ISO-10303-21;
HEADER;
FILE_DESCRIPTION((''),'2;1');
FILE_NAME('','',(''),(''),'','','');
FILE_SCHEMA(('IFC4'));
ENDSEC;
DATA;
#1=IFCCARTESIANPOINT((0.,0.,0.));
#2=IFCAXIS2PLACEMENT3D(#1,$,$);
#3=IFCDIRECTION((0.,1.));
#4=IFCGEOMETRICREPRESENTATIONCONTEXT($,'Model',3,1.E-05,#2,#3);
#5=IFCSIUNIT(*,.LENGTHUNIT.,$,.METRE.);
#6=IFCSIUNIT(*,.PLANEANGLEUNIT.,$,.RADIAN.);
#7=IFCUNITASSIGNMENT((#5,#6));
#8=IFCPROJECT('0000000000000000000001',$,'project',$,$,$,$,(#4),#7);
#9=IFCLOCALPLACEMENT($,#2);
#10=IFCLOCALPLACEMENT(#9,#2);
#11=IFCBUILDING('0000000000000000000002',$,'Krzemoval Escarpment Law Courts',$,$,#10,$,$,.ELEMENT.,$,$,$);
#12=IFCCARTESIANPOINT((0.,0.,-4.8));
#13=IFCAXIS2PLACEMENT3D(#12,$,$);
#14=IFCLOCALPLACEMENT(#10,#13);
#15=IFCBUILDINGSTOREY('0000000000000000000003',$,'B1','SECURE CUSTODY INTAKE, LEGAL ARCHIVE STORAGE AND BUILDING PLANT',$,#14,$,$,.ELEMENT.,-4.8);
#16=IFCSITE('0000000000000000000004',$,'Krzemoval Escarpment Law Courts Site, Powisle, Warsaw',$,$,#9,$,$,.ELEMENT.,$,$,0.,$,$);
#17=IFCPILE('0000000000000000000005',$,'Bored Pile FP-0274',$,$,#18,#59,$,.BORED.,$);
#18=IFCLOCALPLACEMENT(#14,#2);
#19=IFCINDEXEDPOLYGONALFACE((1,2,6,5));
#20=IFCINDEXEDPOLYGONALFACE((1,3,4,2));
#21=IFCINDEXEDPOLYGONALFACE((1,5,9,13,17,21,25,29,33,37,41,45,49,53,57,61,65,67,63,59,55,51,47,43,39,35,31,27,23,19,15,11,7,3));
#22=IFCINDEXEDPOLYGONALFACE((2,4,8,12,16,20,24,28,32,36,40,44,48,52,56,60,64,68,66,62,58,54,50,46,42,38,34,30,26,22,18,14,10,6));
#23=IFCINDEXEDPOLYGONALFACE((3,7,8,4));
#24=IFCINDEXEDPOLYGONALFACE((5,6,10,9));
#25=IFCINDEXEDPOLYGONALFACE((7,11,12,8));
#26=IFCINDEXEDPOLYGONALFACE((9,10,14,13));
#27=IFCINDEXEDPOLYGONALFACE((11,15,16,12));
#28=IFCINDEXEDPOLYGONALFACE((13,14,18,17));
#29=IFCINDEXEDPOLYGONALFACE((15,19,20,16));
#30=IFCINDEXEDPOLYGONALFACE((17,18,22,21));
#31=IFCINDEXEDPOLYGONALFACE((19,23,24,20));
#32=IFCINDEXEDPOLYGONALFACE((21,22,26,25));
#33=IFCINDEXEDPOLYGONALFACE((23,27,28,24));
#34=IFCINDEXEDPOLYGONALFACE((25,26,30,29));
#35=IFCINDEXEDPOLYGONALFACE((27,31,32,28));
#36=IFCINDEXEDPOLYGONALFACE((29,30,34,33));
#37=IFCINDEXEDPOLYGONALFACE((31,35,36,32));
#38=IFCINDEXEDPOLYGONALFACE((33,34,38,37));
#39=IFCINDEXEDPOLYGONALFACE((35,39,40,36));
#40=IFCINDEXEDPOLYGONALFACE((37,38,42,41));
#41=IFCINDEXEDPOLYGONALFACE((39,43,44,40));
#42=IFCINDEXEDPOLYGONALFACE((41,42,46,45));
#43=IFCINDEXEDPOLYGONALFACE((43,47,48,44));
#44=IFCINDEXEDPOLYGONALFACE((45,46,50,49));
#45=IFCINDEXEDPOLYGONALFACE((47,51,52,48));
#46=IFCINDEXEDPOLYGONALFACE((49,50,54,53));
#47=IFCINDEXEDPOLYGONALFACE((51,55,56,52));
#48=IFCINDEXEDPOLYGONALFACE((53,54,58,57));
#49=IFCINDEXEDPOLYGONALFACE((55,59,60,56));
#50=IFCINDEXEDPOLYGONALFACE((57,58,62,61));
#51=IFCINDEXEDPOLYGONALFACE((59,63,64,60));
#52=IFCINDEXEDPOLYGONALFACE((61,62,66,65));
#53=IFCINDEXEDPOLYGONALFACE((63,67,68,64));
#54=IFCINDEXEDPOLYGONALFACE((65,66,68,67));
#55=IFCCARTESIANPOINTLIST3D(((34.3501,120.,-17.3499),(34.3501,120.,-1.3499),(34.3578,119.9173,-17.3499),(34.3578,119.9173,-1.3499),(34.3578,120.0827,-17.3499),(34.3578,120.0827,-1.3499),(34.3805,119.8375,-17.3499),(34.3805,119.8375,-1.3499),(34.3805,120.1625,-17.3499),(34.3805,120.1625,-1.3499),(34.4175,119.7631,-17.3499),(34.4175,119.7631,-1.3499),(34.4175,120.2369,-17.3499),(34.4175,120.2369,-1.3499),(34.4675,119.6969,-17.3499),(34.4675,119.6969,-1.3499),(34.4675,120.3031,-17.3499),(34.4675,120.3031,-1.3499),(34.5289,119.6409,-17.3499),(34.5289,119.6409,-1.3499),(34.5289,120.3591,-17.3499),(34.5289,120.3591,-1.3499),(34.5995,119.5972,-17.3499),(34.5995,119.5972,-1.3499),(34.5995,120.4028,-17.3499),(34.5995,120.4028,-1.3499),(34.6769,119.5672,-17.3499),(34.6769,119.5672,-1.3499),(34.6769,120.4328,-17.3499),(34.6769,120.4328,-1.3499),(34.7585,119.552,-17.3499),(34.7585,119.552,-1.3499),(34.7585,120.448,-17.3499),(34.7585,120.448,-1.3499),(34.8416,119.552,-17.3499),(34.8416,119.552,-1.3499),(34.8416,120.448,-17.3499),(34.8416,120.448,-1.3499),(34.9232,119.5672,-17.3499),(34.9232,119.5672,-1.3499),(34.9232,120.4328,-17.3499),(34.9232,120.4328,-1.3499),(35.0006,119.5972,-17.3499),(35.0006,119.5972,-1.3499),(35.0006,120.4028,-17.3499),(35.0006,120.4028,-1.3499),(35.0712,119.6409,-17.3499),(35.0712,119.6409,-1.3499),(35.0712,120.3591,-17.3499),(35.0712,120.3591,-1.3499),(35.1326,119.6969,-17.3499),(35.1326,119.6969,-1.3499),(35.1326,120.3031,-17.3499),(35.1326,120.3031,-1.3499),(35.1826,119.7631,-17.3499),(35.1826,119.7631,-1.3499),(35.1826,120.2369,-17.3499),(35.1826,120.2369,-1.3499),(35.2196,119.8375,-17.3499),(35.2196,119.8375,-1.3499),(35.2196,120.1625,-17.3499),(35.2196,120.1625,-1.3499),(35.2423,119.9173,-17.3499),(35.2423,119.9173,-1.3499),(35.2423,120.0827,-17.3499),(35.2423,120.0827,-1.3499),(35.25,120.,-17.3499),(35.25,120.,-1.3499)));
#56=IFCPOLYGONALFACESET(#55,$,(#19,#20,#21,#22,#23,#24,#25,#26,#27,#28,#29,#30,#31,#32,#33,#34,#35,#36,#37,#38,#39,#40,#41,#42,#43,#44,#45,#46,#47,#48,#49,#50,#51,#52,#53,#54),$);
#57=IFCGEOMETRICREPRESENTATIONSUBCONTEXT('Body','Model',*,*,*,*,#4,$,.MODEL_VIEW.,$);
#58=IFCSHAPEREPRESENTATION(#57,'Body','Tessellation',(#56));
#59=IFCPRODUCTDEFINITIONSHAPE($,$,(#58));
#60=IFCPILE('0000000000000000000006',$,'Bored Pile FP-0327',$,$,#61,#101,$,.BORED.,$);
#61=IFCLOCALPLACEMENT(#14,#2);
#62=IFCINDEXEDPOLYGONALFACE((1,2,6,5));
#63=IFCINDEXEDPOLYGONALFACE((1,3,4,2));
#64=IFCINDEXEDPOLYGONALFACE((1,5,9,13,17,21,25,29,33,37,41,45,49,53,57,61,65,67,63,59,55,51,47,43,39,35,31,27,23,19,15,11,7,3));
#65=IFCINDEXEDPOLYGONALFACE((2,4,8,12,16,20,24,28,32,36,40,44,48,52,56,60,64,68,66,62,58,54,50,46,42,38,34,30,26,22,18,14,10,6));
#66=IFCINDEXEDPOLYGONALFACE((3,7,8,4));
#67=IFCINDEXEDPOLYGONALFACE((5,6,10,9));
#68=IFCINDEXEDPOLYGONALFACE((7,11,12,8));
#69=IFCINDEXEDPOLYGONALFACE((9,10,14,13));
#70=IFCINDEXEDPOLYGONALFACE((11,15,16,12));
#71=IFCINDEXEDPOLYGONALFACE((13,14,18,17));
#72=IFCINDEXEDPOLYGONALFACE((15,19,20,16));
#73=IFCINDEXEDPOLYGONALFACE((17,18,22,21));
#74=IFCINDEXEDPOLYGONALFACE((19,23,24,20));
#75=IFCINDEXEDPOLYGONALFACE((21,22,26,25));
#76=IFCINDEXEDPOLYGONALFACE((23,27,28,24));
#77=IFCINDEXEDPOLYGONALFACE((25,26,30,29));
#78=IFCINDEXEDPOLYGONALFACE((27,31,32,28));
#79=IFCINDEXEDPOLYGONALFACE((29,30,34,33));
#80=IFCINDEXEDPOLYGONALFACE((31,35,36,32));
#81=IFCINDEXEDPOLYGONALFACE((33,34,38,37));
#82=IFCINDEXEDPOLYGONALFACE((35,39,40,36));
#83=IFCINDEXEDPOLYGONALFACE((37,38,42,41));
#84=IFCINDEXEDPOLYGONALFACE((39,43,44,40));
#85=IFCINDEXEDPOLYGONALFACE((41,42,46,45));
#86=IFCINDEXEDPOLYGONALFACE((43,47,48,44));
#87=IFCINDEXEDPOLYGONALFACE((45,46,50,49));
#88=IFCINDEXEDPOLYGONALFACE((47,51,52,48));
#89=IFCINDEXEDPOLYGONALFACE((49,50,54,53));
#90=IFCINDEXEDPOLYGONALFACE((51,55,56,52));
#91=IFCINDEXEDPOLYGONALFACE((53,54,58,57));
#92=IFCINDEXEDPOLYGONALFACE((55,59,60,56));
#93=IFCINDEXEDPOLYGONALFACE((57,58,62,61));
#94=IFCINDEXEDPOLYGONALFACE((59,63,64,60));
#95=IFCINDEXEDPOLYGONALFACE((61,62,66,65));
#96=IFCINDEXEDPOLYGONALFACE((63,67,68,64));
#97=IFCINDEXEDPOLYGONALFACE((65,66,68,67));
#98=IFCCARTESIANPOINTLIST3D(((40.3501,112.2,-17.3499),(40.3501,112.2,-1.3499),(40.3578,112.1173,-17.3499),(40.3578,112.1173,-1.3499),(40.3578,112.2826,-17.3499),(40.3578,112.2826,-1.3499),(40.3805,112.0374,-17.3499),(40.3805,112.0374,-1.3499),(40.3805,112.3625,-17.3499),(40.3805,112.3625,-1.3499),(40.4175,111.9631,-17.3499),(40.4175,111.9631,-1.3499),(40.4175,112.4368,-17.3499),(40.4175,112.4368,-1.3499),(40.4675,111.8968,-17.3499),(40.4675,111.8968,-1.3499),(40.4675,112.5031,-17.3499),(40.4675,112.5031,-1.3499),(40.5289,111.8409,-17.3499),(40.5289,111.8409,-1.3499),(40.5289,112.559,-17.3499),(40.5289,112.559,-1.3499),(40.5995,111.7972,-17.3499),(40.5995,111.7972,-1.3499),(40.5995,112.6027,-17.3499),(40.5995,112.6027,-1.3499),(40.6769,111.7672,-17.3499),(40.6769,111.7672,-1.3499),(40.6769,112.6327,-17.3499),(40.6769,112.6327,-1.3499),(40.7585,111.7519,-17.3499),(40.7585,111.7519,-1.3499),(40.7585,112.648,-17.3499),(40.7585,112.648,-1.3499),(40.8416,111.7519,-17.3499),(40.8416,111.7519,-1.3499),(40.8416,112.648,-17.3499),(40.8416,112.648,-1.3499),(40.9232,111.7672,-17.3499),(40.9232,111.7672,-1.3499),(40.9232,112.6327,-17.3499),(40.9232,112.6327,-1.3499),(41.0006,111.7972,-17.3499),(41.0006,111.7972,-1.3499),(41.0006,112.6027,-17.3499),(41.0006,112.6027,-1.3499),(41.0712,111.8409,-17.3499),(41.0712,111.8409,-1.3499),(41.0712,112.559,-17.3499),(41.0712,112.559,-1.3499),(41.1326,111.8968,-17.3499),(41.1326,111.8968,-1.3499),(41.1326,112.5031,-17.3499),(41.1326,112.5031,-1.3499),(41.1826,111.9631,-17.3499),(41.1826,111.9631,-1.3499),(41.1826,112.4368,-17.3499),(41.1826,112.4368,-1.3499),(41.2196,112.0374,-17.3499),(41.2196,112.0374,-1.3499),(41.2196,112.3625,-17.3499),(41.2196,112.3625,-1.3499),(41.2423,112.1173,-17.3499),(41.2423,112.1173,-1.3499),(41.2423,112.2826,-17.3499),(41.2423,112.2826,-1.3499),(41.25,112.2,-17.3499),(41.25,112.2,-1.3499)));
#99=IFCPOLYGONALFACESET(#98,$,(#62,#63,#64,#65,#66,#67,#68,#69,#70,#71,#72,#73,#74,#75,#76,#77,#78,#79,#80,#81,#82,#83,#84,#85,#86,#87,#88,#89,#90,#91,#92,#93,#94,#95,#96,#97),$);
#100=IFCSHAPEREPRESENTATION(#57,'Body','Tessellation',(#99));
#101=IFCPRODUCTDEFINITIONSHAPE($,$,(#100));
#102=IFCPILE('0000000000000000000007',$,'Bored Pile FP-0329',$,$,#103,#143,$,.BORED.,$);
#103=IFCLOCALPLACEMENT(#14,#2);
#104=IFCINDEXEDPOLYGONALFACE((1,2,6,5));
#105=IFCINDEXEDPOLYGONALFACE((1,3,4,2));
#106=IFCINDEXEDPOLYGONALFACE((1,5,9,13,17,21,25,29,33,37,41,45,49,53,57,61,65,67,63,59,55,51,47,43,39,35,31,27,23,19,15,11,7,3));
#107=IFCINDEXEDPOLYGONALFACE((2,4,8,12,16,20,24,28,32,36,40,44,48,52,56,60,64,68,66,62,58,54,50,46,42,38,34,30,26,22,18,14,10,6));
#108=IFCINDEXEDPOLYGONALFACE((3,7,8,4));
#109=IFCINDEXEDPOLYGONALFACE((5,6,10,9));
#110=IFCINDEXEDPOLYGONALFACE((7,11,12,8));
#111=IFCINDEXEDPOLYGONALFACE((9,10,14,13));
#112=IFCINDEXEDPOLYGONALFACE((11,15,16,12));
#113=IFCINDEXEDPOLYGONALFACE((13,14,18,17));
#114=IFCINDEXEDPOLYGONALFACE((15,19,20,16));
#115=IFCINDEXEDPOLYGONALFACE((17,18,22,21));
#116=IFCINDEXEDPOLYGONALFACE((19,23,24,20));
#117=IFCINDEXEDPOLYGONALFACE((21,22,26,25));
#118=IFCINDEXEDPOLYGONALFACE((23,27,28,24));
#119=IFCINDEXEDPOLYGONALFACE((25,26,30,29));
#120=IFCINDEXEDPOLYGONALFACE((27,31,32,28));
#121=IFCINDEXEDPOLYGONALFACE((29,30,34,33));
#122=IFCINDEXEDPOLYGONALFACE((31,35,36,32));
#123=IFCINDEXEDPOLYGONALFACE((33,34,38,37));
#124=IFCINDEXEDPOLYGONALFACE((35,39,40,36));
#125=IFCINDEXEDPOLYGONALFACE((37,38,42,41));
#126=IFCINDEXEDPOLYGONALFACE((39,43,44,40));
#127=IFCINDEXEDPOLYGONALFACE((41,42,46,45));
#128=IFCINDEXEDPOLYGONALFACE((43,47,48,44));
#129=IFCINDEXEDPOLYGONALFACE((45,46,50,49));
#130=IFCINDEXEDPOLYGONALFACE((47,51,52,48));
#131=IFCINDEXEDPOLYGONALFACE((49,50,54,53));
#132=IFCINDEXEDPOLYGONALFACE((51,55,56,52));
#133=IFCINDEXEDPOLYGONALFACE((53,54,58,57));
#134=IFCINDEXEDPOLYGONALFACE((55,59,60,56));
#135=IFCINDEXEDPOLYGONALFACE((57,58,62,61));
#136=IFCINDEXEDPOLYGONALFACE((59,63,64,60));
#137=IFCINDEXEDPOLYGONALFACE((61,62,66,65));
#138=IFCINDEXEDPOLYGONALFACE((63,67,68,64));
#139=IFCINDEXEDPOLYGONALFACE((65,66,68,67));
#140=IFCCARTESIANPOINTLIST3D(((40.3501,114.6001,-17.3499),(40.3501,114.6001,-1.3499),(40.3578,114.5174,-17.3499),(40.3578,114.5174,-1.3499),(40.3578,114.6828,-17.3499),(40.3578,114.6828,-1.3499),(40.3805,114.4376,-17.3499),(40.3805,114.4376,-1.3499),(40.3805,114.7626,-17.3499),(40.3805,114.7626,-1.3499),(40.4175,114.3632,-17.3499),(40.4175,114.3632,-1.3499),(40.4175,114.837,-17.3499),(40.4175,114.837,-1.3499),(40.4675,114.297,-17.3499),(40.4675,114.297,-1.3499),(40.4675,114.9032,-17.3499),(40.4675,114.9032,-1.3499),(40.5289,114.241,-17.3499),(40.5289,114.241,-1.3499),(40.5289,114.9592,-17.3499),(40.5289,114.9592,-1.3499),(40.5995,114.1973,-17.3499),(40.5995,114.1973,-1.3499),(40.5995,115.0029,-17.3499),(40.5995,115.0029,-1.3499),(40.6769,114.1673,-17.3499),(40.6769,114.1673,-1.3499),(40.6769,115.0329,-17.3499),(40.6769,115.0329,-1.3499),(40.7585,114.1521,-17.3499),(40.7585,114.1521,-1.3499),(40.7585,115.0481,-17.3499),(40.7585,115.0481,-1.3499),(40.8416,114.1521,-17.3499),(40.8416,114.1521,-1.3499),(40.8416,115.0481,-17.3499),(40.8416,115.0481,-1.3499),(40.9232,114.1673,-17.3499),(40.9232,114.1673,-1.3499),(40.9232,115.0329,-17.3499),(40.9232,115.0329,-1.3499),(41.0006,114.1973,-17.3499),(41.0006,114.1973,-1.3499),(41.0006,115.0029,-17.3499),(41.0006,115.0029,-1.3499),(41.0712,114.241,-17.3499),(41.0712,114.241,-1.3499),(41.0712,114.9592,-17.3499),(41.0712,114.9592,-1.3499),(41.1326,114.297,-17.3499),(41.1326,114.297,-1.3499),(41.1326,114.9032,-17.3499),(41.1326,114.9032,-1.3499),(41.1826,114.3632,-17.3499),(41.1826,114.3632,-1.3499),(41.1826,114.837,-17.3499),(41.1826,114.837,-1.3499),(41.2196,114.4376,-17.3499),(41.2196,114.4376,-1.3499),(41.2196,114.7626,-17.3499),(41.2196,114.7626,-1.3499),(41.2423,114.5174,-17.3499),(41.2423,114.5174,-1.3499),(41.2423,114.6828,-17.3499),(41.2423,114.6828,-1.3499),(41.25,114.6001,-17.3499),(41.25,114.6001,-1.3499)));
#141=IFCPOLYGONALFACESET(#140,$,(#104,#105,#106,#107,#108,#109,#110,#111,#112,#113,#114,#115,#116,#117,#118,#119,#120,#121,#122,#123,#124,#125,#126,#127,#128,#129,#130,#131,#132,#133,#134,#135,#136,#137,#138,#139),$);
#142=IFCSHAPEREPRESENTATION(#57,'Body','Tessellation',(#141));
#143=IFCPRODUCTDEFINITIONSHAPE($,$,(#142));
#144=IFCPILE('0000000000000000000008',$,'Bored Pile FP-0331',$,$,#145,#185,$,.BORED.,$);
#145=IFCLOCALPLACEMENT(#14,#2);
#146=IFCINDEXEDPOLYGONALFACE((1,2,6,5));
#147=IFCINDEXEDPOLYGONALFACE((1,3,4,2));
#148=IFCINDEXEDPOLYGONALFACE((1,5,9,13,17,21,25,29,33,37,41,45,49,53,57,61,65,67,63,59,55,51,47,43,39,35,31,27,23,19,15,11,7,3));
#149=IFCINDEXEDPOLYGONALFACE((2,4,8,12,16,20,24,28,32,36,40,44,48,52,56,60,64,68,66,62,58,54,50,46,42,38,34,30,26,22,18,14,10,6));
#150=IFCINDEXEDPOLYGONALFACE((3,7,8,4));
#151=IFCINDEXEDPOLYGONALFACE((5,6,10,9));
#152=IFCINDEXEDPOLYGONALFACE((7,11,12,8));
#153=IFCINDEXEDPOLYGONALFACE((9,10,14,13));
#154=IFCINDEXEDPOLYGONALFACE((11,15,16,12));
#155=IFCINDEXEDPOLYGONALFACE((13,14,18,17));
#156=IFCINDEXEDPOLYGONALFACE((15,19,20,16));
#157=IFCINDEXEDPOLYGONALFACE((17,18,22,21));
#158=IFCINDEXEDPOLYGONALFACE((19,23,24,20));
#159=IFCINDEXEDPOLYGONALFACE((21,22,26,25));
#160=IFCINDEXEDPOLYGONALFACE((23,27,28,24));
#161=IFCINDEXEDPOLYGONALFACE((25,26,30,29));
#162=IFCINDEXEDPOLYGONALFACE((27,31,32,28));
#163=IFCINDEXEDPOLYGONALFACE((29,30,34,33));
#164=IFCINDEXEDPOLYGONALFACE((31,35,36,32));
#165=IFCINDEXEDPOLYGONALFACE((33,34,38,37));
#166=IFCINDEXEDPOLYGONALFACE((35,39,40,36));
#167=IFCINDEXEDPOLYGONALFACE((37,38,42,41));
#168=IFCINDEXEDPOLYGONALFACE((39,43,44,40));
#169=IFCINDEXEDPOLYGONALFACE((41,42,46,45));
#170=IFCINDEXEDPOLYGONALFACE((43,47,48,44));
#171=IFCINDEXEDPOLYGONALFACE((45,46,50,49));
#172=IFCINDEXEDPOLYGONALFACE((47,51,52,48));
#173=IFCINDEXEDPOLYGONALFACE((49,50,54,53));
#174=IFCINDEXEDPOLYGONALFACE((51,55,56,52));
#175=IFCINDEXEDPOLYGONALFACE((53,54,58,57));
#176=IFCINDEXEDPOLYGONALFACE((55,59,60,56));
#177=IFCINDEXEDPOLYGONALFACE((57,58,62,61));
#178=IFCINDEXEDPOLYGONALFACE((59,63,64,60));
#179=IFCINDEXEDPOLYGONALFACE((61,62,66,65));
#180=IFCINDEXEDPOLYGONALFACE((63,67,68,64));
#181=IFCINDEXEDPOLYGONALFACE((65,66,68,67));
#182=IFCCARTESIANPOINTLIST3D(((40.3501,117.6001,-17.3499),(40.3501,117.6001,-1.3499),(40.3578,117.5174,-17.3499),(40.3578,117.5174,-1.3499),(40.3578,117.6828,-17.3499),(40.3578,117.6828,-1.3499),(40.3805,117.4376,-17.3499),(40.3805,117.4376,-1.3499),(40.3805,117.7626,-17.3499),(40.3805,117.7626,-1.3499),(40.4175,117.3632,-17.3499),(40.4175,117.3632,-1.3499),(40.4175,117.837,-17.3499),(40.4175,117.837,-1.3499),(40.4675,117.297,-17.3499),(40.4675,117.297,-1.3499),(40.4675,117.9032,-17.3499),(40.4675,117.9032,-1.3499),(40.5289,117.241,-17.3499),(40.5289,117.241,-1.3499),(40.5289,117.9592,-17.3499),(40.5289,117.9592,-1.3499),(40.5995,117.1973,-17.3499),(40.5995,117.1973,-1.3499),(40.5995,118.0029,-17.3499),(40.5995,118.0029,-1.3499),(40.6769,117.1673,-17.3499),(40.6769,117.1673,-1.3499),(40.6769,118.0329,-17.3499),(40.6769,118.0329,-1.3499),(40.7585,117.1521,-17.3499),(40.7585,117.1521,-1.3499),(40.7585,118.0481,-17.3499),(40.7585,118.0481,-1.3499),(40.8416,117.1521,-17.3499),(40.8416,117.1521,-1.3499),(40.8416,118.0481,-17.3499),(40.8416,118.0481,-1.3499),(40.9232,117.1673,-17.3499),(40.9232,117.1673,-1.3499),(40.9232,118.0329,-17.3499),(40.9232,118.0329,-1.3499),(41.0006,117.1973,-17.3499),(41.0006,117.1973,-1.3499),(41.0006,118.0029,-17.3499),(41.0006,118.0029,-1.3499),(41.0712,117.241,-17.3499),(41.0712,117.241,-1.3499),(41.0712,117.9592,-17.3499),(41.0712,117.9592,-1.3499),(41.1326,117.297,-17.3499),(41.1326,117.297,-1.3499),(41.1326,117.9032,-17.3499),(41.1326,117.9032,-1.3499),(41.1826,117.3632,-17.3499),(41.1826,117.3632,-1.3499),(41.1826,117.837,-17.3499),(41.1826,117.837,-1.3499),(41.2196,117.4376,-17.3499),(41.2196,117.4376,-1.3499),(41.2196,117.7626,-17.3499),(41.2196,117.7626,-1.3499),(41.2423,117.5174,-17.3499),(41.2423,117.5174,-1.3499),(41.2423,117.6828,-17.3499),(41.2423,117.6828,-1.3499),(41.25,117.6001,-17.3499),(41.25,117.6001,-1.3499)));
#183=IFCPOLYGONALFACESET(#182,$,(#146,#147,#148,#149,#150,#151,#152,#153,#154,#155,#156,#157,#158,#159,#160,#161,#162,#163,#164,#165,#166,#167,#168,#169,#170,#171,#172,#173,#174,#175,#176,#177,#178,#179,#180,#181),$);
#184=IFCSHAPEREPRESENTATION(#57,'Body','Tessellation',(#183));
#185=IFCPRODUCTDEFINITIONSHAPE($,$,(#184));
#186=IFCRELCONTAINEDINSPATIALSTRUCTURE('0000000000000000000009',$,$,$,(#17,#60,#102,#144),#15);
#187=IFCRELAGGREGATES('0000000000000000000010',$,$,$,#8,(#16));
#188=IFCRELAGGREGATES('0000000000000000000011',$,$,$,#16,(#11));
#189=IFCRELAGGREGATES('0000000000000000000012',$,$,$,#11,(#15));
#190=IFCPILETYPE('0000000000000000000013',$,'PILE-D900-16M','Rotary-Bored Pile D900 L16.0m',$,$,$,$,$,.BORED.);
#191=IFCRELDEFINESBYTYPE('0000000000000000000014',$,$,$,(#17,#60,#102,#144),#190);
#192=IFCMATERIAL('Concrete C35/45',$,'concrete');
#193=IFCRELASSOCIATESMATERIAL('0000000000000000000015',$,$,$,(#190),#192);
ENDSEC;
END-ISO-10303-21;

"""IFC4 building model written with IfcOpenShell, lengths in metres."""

from ifc_helpers import new_model, si_unit, direction, frame, origin, origin_2d, place, context, subcontext, project, spatial, circle, extrude, material, material_profile, profile_set, type_object, element, save


model = new_model("IFC4")

# Units and contexts
model_context = context("Model", 3, precision=1e-05, world=origin(), true_north=direction((0.0, 1.0)))
body_context = subcontext(model_context, "Body", "Model", "MODEL_VIEW")
ifc_project = project(units=[si_unit("LENGTHUNIT", "METRE"), si_unit("PLANEANGLEUNIT", "RADIAN")], contexts=[model_context])

# Site, building, storey
site_placement = place(None, origin())
site = spatial("IfcSite", under=ifc_project, at=site_placement, Name="Krzemoval Escarpment Law Courts Site, Powisle, Warsaw", CompositionType="ELEMENT", RefElevation=0.0)
building_placement = place(site_placement, origin())
building = spatial("IfcBuilding", under=site, at=building_placement, Name="Krzemoval Escarpment Law Courts", CompositionType="ELEMENT")
storey_placement = place(building_placement, frame((0.0, 0.0, -4.8)))
storey = spatial("IfcBuildingStorey", under=building, at=storey_placement, Name="B1", Description="SECURE CUSTODY INTAKE, LEGAL ARCHIVE STORAGE AND BUILDING PLANT", CompositionType="ELEMENT", Elevation=-4.8)

# Piles
ifc_material_1 = material(Name="Concrete C35/45", Category="concrete")
ifc_material_profile_1 = material_profile(ifc_material_1, circle(Radius=0.45, at=origin_2d()), Name="PILE D900")
ifc_profile_set_1 = profile_set([ifc_material_profile_1], Name="Concrete C35/45")
pile_type = type_object("IfcPileType", Name="PILE-D900-16M", Description="Rotary-Bored Pile D900 L16.0m", PredefinedType="BORED", material=ifc_profile_set_1)
for number, where, z_axis, x_axis, name in (
    (1, (34.8, 120.0, -1.3499), (0.0, 0.0, -1.0), (1.0, 0.0, 0.0), "Bored Pile FP-0274"),
    (2, (40.8, 112.2, -1.3499), (0.0, 0.0, -1.0), (1.0, 0.0, 0.0), "Bored Pile FP-0327"),
    (3, (40.8, 114.6001, -1.3499), (0.0, 0.0, -1.0), (1.0, 0.0, 0.0), "Bored Pile FP-0329"),
    (4, (40.8, 117.6001, -1.3499), (0.0, 0.0, -1.0), (1.0, 0.0, 0.0), "Bored Pile FP-0331"),
):
    element("IfcPile", number, at=place(storey_placement, frame(where, z_axis=z_axis, x_axis=x_axis)), inside=storey, type_object=pile_type, Name=name, PredefinedType="BORED", context=body_context, shape_type="SweptSolid", body=[
        extrude(circle(Radius=0.45, at=origin_2d()), origin(), (0.0, 0.0, 1.0), 16.0),
    ])

save(model, "model.ifc")
